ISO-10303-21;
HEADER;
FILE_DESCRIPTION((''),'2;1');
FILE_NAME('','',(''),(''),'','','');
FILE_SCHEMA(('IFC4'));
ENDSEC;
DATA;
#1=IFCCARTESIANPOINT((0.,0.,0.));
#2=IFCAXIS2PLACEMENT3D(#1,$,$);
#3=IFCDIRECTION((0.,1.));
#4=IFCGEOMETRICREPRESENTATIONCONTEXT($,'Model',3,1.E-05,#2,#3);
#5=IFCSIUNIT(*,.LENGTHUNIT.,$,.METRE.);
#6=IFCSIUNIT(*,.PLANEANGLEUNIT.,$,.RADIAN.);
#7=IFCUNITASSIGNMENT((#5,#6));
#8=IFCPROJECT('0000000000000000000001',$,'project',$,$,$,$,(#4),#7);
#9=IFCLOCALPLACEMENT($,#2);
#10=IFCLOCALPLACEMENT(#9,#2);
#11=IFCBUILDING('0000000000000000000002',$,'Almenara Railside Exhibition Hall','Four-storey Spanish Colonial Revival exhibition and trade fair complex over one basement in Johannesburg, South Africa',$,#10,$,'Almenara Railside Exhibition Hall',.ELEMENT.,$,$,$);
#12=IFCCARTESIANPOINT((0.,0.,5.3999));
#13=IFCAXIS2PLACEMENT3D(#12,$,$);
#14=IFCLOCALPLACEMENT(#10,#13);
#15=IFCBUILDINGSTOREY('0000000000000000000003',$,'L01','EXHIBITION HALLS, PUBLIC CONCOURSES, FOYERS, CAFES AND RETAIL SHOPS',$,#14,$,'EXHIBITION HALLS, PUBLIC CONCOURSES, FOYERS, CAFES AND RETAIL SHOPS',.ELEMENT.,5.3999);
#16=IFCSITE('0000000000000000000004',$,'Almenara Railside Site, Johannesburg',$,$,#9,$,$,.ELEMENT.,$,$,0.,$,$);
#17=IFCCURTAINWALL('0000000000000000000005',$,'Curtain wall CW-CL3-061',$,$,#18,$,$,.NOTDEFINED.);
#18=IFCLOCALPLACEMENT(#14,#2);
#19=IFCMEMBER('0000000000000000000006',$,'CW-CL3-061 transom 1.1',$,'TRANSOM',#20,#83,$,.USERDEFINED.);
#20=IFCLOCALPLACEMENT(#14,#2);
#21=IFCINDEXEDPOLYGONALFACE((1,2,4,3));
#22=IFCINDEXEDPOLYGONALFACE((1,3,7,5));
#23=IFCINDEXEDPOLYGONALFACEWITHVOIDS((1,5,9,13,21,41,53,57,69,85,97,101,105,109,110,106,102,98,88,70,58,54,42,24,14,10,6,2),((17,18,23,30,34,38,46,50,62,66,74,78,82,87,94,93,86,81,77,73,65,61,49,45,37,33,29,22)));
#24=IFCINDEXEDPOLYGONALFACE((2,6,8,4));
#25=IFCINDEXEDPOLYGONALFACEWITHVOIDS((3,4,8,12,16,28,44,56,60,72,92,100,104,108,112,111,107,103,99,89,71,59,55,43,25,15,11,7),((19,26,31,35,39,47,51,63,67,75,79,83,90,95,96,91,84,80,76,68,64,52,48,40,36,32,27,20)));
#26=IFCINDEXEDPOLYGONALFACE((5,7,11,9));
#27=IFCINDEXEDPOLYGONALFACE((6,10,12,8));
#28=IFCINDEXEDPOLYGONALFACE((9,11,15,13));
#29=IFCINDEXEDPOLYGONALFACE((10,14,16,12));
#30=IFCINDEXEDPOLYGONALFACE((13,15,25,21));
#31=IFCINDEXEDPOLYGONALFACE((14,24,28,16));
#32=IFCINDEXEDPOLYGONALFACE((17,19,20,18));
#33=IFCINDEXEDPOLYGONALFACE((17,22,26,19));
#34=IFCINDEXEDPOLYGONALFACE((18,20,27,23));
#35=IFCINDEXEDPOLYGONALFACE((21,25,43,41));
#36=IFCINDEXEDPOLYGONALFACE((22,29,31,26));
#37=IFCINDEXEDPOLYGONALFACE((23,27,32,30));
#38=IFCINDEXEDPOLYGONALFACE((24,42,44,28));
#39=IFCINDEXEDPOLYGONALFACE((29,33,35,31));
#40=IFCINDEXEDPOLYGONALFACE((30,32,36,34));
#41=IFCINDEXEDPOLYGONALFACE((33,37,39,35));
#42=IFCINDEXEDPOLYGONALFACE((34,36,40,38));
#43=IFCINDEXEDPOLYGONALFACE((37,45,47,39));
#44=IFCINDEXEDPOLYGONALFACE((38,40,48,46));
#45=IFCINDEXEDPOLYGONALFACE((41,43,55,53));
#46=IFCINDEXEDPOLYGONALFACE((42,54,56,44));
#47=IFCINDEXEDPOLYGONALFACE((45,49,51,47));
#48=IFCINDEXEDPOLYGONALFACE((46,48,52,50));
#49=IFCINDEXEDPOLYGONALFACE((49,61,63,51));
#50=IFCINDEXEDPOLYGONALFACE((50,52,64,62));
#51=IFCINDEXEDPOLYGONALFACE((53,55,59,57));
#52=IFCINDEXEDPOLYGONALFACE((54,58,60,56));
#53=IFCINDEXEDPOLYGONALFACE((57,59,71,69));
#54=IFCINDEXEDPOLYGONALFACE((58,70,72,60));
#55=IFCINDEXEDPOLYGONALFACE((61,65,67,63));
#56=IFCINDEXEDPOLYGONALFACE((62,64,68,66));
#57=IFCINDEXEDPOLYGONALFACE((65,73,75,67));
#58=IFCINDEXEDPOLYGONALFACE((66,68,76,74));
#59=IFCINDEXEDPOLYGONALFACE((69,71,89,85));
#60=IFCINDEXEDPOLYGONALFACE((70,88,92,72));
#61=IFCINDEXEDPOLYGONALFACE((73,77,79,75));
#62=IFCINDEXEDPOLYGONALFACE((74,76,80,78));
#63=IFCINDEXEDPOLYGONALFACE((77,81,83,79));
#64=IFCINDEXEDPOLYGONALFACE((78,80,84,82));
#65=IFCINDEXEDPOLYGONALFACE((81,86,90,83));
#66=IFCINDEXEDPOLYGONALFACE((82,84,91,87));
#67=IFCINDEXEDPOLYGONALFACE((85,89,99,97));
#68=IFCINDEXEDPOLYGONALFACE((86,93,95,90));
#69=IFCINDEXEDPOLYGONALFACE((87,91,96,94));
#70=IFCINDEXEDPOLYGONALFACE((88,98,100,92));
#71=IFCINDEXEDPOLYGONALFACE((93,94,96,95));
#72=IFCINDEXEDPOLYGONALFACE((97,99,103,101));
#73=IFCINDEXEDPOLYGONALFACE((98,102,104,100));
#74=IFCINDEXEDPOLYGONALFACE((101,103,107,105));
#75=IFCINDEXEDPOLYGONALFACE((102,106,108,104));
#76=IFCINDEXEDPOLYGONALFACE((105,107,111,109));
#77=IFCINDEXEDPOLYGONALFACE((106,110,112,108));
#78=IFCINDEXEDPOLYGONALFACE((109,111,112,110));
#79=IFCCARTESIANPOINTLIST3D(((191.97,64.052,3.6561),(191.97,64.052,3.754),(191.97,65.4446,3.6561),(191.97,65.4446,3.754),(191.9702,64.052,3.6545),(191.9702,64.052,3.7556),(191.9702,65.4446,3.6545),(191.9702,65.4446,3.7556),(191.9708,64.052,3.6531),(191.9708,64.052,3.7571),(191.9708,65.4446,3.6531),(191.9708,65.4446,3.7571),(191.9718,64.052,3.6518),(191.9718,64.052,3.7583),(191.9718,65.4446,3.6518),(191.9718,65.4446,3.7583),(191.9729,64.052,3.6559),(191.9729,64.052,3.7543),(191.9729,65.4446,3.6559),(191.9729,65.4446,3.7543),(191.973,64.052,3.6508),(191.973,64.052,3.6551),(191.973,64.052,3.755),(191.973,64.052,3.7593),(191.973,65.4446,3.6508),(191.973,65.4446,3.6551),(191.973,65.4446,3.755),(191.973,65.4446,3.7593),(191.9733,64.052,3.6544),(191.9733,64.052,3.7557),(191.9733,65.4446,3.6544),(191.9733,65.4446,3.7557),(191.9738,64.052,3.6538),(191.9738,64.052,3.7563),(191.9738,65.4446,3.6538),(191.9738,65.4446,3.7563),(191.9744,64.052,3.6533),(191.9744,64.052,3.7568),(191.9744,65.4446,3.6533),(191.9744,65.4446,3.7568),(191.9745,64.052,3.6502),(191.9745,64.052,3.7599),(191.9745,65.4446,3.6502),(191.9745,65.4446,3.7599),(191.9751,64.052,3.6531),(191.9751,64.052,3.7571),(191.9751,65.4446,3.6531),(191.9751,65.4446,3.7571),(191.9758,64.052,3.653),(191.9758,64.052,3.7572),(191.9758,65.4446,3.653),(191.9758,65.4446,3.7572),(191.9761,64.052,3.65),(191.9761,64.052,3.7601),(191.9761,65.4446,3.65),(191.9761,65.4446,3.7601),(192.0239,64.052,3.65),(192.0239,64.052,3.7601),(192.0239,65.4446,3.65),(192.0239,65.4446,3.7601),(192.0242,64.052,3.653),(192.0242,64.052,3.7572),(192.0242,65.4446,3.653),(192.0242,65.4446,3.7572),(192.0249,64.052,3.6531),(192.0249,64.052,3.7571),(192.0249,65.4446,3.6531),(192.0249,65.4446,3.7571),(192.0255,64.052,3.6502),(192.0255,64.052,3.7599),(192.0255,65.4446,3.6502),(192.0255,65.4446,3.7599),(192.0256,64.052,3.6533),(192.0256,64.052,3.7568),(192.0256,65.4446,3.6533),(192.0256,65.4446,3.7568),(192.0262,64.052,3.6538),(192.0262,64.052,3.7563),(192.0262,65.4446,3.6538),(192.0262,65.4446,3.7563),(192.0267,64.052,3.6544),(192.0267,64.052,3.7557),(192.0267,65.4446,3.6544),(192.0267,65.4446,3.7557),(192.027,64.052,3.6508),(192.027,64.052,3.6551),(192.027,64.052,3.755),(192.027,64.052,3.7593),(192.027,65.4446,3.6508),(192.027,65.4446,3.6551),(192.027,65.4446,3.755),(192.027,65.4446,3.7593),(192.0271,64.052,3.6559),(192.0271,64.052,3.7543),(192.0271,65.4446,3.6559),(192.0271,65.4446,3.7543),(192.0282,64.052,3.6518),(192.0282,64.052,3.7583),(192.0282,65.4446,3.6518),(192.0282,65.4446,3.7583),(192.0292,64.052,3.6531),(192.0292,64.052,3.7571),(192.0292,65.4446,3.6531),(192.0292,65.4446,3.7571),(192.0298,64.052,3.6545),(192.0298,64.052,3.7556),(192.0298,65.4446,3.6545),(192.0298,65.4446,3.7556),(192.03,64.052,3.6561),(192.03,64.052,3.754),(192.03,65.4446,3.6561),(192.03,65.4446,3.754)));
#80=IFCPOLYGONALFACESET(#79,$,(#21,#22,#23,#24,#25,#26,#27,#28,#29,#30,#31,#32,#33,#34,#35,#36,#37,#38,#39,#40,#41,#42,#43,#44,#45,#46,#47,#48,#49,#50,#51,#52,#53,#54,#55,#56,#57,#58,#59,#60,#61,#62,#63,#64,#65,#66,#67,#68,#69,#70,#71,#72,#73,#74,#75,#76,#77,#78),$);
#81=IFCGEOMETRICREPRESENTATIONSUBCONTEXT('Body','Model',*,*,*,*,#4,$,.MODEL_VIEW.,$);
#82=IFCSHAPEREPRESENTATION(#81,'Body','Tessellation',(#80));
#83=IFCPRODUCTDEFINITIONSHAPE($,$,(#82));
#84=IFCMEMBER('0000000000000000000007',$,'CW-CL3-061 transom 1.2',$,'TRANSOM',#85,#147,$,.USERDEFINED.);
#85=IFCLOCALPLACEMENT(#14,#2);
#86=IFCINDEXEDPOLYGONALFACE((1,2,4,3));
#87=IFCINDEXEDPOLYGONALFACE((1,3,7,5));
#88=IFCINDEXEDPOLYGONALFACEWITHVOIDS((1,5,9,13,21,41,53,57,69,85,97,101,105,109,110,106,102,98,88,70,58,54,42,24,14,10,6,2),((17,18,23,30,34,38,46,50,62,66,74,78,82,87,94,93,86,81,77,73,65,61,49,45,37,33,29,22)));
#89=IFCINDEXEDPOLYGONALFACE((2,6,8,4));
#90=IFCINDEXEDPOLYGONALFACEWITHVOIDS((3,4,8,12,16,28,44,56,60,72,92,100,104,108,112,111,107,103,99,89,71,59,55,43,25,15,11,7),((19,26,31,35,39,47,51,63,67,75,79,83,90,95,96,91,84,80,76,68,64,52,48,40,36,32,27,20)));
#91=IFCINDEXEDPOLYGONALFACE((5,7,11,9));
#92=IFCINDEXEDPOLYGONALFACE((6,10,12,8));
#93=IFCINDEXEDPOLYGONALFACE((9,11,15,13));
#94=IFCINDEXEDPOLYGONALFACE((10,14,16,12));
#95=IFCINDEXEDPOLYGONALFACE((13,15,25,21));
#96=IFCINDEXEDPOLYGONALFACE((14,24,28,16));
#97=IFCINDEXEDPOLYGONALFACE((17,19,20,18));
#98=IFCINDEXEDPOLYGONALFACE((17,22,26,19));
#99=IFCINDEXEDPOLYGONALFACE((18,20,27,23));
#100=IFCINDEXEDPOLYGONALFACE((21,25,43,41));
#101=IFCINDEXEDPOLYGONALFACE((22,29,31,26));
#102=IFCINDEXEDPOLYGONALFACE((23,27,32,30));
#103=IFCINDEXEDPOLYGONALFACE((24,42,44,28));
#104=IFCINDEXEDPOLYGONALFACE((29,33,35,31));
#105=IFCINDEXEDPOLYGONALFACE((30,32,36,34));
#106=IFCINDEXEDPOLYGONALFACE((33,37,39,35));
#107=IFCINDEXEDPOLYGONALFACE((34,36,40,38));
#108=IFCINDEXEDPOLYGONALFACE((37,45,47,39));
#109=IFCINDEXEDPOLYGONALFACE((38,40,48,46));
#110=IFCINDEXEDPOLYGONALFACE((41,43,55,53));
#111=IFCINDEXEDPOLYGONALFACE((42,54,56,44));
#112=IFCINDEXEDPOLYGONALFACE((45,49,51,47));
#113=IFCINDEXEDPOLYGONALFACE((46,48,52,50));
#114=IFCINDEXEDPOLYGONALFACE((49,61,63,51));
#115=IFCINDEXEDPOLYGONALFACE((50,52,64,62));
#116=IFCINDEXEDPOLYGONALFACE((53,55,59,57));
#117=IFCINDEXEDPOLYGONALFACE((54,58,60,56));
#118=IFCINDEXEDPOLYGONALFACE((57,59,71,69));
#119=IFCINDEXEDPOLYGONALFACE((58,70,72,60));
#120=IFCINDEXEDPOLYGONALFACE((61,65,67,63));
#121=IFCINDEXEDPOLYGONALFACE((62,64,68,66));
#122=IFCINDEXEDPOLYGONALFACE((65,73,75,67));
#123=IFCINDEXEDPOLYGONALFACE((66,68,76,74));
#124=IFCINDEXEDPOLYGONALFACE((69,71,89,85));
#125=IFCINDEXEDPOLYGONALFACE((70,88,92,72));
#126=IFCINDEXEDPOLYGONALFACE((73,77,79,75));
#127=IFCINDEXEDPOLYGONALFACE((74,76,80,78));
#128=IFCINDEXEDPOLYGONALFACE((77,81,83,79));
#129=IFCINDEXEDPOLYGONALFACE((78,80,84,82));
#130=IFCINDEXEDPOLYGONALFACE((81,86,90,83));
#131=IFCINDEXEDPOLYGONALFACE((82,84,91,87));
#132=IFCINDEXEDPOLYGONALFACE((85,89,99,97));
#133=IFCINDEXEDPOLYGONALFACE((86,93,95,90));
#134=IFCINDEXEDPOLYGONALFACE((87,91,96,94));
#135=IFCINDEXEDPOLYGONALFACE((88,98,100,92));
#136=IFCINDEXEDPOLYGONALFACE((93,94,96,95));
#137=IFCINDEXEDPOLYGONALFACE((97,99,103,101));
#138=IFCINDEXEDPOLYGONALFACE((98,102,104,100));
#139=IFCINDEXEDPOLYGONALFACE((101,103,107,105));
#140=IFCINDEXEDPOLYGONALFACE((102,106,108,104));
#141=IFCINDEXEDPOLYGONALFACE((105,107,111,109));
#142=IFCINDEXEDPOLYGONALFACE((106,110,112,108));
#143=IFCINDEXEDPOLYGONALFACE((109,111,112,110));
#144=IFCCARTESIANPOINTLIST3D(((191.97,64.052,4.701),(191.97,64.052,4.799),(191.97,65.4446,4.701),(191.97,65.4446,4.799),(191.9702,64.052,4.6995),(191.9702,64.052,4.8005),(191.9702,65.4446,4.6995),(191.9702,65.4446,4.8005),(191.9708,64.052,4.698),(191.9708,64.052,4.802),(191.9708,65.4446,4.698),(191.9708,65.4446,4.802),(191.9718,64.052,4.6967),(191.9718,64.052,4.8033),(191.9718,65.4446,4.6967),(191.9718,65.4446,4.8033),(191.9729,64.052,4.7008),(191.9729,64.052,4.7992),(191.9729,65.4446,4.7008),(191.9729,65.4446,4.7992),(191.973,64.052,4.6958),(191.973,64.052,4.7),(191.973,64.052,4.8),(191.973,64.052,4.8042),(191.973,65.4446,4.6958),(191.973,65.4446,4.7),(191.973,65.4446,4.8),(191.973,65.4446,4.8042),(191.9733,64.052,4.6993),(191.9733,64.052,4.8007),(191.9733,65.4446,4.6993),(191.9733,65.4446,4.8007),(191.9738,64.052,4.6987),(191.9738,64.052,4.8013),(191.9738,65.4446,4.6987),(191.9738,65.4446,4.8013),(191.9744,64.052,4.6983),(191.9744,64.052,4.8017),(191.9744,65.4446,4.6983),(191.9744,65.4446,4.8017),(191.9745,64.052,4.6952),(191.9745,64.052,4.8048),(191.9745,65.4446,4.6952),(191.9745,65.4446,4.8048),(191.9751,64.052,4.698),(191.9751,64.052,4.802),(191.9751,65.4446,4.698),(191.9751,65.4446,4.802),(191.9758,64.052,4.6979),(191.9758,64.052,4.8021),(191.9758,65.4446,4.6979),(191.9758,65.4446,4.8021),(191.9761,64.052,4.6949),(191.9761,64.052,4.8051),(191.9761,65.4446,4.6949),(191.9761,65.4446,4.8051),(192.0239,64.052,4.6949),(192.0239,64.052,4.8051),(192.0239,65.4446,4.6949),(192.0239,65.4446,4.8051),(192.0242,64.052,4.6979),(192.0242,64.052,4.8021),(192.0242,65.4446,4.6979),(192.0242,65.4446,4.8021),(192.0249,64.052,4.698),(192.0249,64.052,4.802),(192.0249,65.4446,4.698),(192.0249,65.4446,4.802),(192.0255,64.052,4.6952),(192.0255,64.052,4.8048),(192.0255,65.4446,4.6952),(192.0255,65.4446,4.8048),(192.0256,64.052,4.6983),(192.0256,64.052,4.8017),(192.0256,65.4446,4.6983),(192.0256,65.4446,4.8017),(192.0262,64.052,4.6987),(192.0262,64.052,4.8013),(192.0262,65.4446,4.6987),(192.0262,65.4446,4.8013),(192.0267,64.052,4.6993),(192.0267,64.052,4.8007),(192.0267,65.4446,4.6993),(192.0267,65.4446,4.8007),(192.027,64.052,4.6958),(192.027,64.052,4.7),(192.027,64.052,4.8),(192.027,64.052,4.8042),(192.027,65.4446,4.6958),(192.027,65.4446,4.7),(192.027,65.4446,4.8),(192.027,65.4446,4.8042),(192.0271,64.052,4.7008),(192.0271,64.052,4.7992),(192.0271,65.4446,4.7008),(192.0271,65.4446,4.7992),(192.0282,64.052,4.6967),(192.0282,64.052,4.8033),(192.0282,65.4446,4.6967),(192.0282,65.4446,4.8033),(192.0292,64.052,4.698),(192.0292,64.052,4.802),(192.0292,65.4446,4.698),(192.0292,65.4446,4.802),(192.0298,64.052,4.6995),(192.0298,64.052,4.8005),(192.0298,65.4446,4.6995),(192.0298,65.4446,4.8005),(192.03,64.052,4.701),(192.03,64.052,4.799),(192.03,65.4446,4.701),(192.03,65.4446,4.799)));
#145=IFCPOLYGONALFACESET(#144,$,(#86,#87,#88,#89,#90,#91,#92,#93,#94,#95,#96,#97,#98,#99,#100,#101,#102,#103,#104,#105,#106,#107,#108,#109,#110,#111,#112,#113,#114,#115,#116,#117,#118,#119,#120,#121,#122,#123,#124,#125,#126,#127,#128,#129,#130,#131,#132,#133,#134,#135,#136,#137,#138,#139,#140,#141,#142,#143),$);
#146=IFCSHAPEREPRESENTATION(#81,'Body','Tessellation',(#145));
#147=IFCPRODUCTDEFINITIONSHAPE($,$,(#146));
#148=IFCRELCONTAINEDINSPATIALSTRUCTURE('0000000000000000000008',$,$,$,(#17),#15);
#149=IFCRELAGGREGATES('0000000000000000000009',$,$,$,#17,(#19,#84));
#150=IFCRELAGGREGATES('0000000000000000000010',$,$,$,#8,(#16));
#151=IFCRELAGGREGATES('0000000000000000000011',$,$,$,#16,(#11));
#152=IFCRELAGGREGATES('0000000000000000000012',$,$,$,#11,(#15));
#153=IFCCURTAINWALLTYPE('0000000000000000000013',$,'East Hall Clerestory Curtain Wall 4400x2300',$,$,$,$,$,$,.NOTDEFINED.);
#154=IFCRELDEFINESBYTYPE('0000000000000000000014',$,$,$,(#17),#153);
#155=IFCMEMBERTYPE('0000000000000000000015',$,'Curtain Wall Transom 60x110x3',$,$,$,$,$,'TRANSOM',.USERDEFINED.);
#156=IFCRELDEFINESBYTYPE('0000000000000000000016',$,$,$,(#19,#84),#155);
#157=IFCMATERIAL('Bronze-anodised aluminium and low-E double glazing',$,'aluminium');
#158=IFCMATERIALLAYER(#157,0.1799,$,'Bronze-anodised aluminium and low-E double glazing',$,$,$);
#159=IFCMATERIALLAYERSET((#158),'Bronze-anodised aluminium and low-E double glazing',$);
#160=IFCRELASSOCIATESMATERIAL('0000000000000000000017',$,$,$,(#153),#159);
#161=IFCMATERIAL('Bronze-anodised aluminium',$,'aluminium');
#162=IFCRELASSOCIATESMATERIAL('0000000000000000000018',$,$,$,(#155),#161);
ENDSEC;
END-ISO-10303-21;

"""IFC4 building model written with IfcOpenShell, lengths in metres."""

from ifc_helpers import new_model, si_unit, direction, frame, origin, origin_2d, place, context, subcontext, project, spatial, hollow_rectangle, extrude, material, layer, layer_set, material_profile, profile_set, type_object, element, aggregate, save


model = new_model("IFC4")

# Units and contexts
model_context = context("Model", 3, precision=1e-05, world=origin(), true_north=direction((0.0, 1.0)))
body_context = subcontext(model_context, "Body", "Model", "MODEL_VIEW")
ifc_project = project(units=[si_unit("LENGTHUNIT", "METRE"), si_unit("PLANEANGLEUNIT", "RADIAN")], contexts=[model_context])

# Site, building, storey
site_placement = place(None, origin())
site = spatial("IfcSite", under=ifc_project, at=site_placement, Name="Almenara Railside Site, Johannesburg", CompositionType="ELEMENT", RefElevation=0.0)
building_placement = place(site_placement, origin())
building = spatial("IfcBuilding", under=site, at=building_placement, Name="Almenara Railside Exhibition Hall", Description="Four-storey Spanish Colonial Revival exhibition and trade fair complex over one basement in Johannesburg, South Africa", LongName="Almenara Railside Exhibition Hall", CompositionType="ELEMENT")
storey_placement = place(building_placement, frame((0.0, 0.0, 5.3999)))
storey = spatial("IfcBuildingStorey", under=building, at=storey_placement, Name="L01", Description="EXHIBITION HALLS, PUBLIC CONCOURSES, FOYERS, CAFES AND RETAIL SHOPS", LongName="EXHIBITION HALLS, PUBLIC CONCOURSES, FOYERS, CAFES AND RETAIL SHOPS", CompositionType="ELEMENT", Elevation=5.3999)

# Shared definitions
ifc_material_1 = material(Name="Bronze-anodised aluminium and low-E double glazing", Category="aluminium")
ifc_layer_1 = layer(ifc_material_1, 0.1799, Name="Bronze-anodised aluminium and low-E double glazing")
ifc_layer_set_1 = layer_set([ifc_layer_1], Name="Bronze-anodised aluminium and low-E double glazing")
curtain_wall_type = type_object("IfcCurtainWallType", Name="East Hall Clerestory Curtain Wall 4400x2300", PredefinedType="NOTDEFINED", material=ifc_layer_set_1)
ifc_material_2 = material(Name="Bronze-anodised aluminium", Category="aluminium")

# Curtain wall
curtain_wall_1_placement = place(storey_placement, origin())
curtain_wall_1 = element("IfcCurtainWall", 1, at=curtain_wall_1_placement, inside=storey, type_object=curtain_wall_type, Name="Curtain wall CW-CL3-061", PredefinedType="NOTDEFINED")

# Members
ifc_material_profile_1 = material_profile(ifc_material_2, hollow_rectangle(XDim=0.0601, YDim=0.1101, WallThickness=0.0029, InnerFilletRadius=0.0029, OuterFilletRadius=0.0061, at=origin_2d()), Name="ALU-TRN 60x110x3")
ifc_profile_set_1 = profile_set([ifc_material_profile_1], Name="Bronze-anodised aluminium")
member_type_1 = type_object("IfcMemberType", Name="Curtain Wall Transom 60x110x3", ElementType="TRANSOM", PredefinedType="USERDEFINED", material=ifc_profile_set_1)
member_1_placement = place(storey_placement, frame((192.0, 64.052, 3.7051), z_axis=(0.0, 1.0, 0.0), x_axis=(-1.0, 0.0, 0.0)))
member_1 = element("IfcMember", 2, at=member_1_placement, type_object=member_type_1, Name="CW-CL3-061 transom 1.1", ObjectType="TRANSOM", PredefinedType="USERDEFINED", context=body_context, shape_type="SweptSolid", body=[
    extrude(hollow_rectangle(XDim=0.0601, YDim=0.1101, WallThickness=0.0029, InnerFilletRadius=0.0029, OuterFilletRadius=0.0061, at=origin_2d()), origin(), (0.0, 0.0, 1.0), 1.3926),
])
member_2_placement = place(storey_placement, frame((192.0, 64.052, 4.75), z_axis=(0.0, 1.0, 0.0), x_axis=(-1.0, 0.0, 0.0)))
member_2 = element("IfcMember", 3, at=member_2_placement, type_object=member_type_1, Name="CW-CL3-061 transom 1.2", ObjectType="TRANSOM", PredefinedType="USERDEFINED", context=body_context, shape_type="SweptSolid", body=[
    extrude(hollow_rectangle(XDim=0.0601, YDim=0.1101, WallThickness=0.0029, InnerFilletRadius=0.0029, OuterFilletRadius=0.0061, at=origin_2d()), origin(), (0.0, 0.0, 1.0), 1.3926),
])

aggregate(curtain_wall_1, [member_1, member_2])

save(model, "model.ifc")
